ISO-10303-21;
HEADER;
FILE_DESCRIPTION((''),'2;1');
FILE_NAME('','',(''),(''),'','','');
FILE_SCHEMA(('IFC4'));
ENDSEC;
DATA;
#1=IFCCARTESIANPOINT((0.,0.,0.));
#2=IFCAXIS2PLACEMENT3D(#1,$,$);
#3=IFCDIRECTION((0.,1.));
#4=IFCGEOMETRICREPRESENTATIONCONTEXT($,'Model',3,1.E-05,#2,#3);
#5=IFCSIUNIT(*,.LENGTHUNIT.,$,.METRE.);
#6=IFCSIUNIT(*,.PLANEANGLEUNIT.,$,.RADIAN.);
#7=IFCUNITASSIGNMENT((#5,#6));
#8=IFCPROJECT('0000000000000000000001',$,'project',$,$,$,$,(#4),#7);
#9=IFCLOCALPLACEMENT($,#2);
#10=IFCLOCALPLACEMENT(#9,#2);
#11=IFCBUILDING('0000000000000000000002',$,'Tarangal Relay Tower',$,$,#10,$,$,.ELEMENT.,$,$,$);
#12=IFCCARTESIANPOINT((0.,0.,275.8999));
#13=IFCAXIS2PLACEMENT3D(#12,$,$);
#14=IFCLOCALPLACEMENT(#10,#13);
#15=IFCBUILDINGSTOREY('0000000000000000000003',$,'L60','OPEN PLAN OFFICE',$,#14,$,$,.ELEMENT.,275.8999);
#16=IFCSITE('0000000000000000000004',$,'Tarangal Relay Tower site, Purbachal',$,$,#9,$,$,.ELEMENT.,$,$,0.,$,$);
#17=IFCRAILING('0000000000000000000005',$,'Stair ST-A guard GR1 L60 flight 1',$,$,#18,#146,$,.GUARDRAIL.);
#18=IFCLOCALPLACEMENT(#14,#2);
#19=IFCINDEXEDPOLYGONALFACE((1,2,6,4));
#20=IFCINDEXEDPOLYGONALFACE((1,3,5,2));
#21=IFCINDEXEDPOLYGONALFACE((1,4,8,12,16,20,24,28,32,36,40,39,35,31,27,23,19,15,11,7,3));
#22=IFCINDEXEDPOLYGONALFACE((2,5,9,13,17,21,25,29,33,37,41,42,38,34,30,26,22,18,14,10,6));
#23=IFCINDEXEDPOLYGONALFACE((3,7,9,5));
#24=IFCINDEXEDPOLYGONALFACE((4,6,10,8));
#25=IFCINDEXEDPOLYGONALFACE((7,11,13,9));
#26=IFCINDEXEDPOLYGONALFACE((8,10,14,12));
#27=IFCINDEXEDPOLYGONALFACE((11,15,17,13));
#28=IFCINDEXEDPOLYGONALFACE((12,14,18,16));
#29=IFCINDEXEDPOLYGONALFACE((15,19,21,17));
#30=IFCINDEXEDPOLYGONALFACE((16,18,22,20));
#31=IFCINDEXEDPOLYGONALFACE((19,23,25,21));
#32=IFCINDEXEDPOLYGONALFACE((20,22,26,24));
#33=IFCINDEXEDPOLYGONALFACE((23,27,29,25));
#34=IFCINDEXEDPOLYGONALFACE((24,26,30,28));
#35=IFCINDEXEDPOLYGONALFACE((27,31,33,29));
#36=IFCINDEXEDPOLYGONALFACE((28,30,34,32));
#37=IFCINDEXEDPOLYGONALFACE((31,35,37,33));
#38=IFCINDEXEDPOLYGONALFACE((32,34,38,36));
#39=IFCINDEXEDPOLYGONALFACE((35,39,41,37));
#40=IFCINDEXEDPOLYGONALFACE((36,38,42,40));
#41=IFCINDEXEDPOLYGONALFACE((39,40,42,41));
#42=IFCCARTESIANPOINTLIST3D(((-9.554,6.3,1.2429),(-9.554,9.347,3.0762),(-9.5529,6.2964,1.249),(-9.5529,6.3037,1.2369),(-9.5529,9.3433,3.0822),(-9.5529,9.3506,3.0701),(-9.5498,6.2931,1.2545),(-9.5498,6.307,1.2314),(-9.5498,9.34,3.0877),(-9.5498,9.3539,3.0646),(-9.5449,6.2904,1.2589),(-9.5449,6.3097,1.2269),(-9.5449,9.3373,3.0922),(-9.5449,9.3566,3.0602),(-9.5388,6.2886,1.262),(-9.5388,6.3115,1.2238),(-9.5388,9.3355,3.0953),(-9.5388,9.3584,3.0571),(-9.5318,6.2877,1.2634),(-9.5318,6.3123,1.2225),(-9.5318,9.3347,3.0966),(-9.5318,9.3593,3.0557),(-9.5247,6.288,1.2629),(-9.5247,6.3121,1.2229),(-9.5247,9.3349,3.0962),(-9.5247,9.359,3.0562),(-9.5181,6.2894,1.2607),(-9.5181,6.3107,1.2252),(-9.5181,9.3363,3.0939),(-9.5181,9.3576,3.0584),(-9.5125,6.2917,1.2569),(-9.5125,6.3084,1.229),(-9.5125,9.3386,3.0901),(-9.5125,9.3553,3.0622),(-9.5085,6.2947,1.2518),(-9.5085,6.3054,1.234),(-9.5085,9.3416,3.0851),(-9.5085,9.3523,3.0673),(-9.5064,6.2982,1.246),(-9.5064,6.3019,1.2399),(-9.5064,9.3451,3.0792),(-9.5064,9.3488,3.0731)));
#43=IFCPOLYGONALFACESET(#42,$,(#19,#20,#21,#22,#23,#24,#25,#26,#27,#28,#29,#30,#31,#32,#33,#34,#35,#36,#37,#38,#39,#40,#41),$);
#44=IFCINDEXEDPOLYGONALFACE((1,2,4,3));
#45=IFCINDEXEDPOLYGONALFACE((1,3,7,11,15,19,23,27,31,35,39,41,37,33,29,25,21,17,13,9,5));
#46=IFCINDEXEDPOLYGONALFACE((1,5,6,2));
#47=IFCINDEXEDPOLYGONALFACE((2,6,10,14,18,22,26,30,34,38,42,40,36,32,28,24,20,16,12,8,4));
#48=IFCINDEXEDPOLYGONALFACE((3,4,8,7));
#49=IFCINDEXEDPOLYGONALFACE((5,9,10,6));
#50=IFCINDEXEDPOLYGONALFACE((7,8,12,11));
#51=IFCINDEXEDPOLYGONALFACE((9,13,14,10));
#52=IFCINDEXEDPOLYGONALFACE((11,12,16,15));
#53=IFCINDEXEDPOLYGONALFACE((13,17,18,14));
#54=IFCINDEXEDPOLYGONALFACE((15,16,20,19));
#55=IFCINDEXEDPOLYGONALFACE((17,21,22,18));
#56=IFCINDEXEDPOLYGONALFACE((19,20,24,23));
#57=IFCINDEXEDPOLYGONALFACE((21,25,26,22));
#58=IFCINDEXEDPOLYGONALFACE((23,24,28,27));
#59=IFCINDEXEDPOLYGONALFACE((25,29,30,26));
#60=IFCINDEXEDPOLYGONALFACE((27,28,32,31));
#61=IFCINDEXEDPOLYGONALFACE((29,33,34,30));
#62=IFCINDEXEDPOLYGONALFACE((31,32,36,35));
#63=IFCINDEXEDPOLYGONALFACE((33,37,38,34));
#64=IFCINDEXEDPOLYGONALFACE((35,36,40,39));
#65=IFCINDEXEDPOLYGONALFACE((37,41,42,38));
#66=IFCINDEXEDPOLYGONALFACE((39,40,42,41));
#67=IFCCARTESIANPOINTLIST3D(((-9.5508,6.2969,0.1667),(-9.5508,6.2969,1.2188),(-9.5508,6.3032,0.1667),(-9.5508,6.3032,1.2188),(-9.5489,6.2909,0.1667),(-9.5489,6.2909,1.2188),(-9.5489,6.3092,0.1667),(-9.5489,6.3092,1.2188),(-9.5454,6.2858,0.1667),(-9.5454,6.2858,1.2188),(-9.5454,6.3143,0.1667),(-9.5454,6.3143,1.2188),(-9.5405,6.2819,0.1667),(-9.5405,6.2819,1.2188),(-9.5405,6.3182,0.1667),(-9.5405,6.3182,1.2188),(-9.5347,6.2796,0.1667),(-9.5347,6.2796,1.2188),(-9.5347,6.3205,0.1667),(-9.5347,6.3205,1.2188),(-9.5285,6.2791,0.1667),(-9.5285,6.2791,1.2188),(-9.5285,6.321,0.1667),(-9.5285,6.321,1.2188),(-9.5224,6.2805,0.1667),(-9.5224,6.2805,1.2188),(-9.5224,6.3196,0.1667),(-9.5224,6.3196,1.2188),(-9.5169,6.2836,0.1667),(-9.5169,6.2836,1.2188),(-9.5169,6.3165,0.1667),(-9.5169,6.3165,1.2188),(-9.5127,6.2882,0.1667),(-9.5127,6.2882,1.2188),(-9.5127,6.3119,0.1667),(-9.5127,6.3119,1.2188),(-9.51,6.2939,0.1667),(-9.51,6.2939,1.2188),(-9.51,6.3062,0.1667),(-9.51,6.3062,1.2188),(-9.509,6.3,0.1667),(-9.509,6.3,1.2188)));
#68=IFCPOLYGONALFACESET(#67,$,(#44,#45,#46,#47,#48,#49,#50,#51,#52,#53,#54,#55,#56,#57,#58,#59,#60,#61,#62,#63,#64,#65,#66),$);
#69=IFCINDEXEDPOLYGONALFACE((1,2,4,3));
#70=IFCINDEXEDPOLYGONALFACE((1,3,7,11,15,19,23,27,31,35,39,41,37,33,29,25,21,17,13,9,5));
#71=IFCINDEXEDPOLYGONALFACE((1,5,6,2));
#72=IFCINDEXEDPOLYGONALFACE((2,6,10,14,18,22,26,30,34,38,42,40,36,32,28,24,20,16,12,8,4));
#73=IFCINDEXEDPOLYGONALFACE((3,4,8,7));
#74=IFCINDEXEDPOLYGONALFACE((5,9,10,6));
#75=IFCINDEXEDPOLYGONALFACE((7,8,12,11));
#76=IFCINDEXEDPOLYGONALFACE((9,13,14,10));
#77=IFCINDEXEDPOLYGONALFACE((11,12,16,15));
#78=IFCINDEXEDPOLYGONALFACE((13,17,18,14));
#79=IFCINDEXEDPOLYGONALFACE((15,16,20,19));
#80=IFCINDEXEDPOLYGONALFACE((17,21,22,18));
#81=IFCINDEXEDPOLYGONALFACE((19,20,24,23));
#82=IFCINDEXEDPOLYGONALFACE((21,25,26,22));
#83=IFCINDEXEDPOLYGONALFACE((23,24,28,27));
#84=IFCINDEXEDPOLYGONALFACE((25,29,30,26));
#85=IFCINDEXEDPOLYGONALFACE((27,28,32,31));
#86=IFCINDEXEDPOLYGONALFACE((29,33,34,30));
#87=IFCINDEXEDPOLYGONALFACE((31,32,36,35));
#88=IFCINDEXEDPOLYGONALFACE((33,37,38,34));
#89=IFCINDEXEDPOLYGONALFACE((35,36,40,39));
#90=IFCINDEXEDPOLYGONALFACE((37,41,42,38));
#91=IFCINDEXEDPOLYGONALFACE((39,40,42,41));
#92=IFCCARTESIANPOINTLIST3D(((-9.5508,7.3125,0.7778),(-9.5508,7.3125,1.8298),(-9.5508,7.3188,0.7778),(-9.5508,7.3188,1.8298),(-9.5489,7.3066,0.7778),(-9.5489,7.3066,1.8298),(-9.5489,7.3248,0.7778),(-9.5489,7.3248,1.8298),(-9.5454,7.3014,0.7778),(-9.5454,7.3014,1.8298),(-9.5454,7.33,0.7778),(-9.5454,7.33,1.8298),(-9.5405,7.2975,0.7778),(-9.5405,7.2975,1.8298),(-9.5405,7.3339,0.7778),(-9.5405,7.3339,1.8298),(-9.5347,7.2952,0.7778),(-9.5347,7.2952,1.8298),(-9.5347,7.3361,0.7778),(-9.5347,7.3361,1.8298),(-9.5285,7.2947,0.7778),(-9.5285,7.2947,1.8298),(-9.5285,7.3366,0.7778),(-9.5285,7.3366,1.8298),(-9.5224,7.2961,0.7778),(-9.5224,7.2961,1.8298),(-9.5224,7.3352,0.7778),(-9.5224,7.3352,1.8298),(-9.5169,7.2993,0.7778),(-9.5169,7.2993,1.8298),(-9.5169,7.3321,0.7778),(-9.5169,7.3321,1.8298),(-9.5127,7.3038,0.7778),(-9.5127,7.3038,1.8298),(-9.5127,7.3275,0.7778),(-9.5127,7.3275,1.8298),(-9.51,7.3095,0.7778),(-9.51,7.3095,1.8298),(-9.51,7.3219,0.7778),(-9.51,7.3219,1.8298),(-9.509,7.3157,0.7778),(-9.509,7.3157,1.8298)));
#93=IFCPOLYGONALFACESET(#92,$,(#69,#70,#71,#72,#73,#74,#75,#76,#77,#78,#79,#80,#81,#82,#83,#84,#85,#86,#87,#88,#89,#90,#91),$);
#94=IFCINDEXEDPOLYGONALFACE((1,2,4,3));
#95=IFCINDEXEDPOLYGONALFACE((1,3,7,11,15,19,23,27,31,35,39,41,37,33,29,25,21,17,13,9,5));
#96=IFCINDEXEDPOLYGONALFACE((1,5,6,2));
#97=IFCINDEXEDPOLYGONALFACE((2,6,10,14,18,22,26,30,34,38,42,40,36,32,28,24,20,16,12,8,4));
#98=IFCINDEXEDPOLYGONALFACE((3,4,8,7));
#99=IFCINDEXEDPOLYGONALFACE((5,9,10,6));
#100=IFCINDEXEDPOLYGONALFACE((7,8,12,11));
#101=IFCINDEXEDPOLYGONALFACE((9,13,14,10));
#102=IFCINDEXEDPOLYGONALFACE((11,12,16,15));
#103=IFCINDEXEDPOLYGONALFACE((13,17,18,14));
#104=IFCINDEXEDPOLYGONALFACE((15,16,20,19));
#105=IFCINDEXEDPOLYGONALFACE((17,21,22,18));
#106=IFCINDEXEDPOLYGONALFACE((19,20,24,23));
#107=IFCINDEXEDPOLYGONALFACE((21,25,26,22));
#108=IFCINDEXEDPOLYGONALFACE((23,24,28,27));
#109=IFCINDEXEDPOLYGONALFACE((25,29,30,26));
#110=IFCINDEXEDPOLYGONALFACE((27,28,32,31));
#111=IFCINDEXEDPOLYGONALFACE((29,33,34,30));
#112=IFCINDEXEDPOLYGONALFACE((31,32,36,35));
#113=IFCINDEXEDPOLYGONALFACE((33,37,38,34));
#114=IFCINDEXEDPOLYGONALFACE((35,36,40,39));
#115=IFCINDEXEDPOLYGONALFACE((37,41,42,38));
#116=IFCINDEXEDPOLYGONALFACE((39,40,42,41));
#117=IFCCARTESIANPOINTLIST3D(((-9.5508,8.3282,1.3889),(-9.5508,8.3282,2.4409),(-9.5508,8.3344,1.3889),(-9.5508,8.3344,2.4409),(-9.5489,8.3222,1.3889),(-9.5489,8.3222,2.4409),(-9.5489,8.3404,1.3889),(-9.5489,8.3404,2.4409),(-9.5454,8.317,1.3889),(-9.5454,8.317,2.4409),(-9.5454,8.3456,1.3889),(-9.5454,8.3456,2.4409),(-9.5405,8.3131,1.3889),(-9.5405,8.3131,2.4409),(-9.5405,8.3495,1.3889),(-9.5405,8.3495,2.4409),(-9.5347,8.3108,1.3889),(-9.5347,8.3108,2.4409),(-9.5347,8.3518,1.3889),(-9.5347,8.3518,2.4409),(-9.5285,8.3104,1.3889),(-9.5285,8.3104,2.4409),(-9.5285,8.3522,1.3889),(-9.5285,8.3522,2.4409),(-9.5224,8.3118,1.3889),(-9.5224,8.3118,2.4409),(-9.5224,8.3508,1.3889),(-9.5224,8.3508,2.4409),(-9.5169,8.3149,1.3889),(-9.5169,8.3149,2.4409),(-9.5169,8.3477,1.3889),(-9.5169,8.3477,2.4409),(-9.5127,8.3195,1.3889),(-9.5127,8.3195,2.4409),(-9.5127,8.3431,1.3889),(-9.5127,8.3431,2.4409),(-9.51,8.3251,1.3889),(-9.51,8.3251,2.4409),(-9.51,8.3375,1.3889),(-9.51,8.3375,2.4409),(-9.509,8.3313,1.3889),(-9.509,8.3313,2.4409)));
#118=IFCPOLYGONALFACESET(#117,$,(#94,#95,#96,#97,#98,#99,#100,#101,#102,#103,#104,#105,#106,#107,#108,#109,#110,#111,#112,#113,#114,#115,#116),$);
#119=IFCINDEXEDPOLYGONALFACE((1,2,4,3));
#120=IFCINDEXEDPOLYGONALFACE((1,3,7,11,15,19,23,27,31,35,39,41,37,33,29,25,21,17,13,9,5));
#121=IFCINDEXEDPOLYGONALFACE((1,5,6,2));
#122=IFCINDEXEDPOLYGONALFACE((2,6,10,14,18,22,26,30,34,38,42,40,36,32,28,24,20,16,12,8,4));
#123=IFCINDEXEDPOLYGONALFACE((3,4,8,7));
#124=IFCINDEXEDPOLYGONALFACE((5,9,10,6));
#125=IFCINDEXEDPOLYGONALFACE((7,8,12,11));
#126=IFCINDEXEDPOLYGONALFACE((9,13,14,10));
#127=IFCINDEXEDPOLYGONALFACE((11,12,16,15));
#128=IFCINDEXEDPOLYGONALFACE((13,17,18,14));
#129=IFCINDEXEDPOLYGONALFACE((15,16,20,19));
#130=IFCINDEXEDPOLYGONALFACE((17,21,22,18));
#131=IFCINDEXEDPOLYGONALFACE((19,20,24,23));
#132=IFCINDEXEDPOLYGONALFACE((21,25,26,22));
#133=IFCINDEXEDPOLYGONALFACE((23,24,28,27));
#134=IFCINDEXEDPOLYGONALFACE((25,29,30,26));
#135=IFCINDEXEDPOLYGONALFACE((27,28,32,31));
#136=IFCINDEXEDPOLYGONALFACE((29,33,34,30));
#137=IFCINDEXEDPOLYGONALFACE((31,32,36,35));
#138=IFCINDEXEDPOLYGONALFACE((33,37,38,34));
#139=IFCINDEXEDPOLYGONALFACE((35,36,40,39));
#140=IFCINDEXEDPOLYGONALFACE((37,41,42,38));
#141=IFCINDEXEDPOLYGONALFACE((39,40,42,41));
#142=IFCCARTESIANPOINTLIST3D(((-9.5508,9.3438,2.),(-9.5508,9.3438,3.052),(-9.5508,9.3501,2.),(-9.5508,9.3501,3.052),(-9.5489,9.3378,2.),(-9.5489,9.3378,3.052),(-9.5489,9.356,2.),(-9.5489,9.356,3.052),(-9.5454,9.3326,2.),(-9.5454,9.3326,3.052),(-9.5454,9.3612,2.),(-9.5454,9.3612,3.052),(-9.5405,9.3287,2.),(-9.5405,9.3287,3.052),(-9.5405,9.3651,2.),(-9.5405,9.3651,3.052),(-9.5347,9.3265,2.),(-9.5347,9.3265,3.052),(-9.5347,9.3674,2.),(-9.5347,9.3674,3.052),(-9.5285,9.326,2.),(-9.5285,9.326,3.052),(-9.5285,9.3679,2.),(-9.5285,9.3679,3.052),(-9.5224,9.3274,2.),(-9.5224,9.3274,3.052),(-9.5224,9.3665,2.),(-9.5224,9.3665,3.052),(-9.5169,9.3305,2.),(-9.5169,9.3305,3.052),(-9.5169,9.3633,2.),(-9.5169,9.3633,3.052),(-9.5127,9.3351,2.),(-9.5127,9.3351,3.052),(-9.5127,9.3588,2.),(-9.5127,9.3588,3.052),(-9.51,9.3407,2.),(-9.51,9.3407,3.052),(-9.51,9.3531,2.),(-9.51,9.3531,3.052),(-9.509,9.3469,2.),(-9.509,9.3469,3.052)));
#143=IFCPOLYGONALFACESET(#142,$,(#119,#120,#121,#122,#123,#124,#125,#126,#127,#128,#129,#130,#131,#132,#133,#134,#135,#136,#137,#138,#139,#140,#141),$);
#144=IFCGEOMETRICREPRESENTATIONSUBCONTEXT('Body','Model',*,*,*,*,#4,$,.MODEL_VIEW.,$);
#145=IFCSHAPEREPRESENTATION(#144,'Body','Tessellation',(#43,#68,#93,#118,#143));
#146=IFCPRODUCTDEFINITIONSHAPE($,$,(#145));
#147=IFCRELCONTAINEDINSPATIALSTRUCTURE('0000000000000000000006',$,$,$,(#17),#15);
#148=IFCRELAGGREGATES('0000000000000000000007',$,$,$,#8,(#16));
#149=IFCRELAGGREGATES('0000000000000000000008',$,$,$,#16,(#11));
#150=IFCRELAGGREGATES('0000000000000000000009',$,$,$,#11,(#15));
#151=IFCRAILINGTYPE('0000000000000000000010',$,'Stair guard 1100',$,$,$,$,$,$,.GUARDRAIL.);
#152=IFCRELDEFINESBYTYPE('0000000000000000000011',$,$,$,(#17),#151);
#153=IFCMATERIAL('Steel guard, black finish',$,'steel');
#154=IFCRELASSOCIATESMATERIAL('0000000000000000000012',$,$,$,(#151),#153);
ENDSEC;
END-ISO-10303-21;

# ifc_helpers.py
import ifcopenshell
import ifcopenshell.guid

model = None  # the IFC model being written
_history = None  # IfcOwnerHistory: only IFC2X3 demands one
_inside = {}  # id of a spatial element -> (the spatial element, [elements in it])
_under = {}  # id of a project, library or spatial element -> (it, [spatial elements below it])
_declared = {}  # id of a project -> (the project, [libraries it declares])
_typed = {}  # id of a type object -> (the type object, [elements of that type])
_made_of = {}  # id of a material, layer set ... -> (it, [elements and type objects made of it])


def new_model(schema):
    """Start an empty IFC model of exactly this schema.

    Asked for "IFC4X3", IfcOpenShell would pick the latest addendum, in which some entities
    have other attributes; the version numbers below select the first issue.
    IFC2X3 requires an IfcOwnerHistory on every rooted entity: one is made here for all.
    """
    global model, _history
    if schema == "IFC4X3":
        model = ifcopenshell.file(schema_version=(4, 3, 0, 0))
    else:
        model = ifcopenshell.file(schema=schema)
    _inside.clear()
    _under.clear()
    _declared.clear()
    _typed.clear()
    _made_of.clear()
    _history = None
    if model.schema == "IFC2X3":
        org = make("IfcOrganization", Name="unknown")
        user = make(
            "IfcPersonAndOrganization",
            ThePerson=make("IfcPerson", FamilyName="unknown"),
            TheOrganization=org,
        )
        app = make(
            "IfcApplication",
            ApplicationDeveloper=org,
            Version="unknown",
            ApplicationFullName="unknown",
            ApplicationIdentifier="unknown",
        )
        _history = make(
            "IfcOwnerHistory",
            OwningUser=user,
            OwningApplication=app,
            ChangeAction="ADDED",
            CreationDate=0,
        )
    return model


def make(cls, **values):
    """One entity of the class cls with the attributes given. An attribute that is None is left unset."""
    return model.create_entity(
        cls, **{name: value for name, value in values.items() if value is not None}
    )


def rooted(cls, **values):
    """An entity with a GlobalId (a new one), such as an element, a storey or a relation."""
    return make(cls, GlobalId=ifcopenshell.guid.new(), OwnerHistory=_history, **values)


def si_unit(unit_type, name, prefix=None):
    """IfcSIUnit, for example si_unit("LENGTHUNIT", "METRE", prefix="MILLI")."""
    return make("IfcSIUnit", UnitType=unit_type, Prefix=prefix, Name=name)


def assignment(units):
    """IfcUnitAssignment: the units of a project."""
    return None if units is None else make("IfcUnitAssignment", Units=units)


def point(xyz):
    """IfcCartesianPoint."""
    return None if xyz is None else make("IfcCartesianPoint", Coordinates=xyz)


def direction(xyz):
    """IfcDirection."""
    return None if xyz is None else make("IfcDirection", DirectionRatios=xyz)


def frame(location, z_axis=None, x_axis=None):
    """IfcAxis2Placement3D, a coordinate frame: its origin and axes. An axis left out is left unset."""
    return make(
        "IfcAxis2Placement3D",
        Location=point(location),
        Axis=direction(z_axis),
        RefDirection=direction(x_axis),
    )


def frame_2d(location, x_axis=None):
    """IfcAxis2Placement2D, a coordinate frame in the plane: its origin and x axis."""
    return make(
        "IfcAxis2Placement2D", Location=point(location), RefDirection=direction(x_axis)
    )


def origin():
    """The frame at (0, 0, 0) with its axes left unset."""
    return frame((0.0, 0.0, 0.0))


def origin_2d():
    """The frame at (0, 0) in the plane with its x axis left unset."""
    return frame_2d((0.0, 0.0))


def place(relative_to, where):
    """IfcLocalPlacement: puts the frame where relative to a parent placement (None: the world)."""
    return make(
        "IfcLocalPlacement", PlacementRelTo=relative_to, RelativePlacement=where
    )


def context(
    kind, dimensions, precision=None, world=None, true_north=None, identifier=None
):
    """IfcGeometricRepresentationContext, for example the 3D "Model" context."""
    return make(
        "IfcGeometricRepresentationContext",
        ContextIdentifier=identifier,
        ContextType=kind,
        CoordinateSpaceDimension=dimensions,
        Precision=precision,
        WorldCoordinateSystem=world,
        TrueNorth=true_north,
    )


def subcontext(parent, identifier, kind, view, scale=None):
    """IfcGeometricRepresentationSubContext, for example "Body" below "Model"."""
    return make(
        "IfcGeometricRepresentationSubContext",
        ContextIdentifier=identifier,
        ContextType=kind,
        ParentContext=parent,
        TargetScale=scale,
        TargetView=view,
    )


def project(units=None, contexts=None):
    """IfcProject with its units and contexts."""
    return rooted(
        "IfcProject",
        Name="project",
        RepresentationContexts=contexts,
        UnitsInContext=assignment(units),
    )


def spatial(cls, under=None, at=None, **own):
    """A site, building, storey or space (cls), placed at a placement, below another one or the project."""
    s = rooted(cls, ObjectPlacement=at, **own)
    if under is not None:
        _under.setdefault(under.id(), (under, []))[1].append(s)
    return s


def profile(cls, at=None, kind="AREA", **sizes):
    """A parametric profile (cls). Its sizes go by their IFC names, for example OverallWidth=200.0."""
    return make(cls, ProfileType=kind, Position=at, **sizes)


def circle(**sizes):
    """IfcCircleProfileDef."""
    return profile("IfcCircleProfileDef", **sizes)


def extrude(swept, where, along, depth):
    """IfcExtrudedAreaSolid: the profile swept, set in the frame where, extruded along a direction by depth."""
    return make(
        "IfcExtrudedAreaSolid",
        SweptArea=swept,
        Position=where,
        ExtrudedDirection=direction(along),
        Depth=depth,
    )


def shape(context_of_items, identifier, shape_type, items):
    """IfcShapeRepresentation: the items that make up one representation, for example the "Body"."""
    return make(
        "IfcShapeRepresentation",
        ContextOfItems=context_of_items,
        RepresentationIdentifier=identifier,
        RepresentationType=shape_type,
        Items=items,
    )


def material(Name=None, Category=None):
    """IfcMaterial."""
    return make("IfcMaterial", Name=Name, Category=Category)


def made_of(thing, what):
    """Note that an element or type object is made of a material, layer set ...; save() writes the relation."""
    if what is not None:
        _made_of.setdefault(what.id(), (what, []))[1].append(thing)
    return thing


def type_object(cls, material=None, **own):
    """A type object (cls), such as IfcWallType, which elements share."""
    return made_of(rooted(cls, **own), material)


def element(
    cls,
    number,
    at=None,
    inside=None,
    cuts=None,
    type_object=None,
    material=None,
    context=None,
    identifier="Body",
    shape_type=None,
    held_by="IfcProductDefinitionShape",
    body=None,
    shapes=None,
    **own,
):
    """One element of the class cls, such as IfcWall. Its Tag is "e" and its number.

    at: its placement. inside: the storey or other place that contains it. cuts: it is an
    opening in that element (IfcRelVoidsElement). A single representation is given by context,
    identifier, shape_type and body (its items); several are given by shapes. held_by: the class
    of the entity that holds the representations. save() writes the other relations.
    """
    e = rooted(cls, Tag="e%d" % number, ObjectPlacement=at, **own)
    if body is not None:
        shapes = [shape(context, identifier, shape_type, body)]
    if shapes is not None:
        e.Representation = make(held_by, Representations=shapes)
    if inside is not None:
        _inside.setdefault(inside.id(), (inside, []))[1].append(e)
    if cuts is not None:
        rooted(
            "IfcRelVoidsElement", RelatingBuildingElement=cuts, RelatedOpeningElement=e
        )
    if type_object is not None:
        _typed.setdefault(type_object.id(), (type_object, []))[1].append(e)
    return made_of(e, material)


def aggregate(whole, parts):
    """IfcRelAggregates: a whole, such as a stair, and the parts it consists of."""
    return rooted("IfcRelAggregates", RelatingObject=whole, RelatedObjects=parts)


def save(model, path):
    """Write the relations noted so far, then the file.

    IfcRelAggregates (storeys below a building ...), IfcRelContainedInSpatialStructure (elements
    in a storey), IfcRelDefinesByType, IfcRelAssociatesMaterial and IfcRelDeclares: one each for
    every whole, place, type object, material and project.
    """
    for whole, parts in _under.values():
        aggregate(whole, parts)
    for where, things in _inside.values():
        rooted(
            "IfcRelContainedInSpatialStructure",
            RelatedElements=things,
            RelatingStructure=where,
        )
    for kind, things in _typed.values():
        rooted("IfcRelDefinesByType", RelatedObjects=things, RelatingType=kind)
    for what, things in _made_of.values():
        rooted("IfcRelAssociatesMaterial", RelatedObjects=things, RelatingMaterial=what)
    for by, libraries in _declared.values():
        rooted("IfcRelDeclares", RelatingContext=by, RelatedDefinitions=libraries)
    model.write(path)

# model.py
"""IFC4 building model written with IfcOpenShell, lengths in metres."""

from ifc_helpers import new_model, si_unit, direction, frame, origin, origin_2d, place, context, subcontext, project, spatial, circle, extrude, material, type_object, element, save


model = new_model("IFC4")

# Units and contexts
model_context = context("Model", 3, precision=1e-05, world=origin(), true_north=direction((0.0, 1.0)))
body_context = subcontext(model_context, "Body", "Model", "MODEL_VIEW")
ifc_project = project(units=[si_unit("LENGTHUNIT", "METRE"), si_unit("PLANEANGLEUNIT", "RADIAN")], contexts=[model_context])

# Site, building, storey
site_placement = place(None, origin())
site = spatial("IfcSite", under=ifc_project, at=site_placement, Name="Tarangal Relay Tower site, Purbachal", CompositionType="ELEMENT", RefElevation=0.0)
building_placement = place(site_placement, origin())
building = spatial("IfcBuilding", under=site, at=building_placement, Name="Tarangal Relay Tower", CompositionType="ELEMENT")
storey_placement = place(building_placement, frame((0.0, 0.0, 275.8999)))
storey = spatial("IfcBuildingStorey", under=building, at=storey_placement, Name="L60", Description="OPEN PLAN OFFICE", CompositionType="ELEMENT", Elevation=275.8999)

# Railing
ifc_material_1 = material(Name="Steel guard, black finish", Category="steel")
railing_type_1 = type_object("IfcRailingType", Name="Stair guard 1100", PredefinedType="GUARDRAIL", material=ifc_material_1)
railing_1_placement = place(storey_placement, frame((-9.53, 6.3, 0.1667)))
element("IfcRailing", 1, at=railing_1_placement, inside=storey, type_object=railing_type_1, Name="Stair ST-A guard GR1 L60 flight 1", PredefinedType="GUARDRAIL", context=body_context, shape_type="SweptSolid", body=[
    extrude(circle(Radius=0.0239, at=origin_2d()), frame((0.0, 0.0, 1.0762), z_axis=(0.0, 0.856856, 0.515556), x_axis=(-1.0, 0.0, 0.0)), (0.0, 0.0, 1.0), 3.5559),
    extrude(circle(Radius=0.021, at=origin_2d()), origin(), (0.0, 0.0, 1.0), 1.052),
    extrude(circle(Radius=0.021, at=origin_2d()), frame((0.0, 1.0156, 0.6111)), (0.0, 0.0, 1.0), 1.052),
    extrude(circle(Radius=0.021, at=origin_2d()), frame((0.0, 2.0312, 1.2222)), (0.0, 0.0, 1.0), 1.052),
    extrude(circle(Radius=0.021, at=origin_2d()), frame((0.0, 3.0469, 1.8333)), (0.0, 0.0, 1.0), 1.052),
])

save(model, "model.ifc")
